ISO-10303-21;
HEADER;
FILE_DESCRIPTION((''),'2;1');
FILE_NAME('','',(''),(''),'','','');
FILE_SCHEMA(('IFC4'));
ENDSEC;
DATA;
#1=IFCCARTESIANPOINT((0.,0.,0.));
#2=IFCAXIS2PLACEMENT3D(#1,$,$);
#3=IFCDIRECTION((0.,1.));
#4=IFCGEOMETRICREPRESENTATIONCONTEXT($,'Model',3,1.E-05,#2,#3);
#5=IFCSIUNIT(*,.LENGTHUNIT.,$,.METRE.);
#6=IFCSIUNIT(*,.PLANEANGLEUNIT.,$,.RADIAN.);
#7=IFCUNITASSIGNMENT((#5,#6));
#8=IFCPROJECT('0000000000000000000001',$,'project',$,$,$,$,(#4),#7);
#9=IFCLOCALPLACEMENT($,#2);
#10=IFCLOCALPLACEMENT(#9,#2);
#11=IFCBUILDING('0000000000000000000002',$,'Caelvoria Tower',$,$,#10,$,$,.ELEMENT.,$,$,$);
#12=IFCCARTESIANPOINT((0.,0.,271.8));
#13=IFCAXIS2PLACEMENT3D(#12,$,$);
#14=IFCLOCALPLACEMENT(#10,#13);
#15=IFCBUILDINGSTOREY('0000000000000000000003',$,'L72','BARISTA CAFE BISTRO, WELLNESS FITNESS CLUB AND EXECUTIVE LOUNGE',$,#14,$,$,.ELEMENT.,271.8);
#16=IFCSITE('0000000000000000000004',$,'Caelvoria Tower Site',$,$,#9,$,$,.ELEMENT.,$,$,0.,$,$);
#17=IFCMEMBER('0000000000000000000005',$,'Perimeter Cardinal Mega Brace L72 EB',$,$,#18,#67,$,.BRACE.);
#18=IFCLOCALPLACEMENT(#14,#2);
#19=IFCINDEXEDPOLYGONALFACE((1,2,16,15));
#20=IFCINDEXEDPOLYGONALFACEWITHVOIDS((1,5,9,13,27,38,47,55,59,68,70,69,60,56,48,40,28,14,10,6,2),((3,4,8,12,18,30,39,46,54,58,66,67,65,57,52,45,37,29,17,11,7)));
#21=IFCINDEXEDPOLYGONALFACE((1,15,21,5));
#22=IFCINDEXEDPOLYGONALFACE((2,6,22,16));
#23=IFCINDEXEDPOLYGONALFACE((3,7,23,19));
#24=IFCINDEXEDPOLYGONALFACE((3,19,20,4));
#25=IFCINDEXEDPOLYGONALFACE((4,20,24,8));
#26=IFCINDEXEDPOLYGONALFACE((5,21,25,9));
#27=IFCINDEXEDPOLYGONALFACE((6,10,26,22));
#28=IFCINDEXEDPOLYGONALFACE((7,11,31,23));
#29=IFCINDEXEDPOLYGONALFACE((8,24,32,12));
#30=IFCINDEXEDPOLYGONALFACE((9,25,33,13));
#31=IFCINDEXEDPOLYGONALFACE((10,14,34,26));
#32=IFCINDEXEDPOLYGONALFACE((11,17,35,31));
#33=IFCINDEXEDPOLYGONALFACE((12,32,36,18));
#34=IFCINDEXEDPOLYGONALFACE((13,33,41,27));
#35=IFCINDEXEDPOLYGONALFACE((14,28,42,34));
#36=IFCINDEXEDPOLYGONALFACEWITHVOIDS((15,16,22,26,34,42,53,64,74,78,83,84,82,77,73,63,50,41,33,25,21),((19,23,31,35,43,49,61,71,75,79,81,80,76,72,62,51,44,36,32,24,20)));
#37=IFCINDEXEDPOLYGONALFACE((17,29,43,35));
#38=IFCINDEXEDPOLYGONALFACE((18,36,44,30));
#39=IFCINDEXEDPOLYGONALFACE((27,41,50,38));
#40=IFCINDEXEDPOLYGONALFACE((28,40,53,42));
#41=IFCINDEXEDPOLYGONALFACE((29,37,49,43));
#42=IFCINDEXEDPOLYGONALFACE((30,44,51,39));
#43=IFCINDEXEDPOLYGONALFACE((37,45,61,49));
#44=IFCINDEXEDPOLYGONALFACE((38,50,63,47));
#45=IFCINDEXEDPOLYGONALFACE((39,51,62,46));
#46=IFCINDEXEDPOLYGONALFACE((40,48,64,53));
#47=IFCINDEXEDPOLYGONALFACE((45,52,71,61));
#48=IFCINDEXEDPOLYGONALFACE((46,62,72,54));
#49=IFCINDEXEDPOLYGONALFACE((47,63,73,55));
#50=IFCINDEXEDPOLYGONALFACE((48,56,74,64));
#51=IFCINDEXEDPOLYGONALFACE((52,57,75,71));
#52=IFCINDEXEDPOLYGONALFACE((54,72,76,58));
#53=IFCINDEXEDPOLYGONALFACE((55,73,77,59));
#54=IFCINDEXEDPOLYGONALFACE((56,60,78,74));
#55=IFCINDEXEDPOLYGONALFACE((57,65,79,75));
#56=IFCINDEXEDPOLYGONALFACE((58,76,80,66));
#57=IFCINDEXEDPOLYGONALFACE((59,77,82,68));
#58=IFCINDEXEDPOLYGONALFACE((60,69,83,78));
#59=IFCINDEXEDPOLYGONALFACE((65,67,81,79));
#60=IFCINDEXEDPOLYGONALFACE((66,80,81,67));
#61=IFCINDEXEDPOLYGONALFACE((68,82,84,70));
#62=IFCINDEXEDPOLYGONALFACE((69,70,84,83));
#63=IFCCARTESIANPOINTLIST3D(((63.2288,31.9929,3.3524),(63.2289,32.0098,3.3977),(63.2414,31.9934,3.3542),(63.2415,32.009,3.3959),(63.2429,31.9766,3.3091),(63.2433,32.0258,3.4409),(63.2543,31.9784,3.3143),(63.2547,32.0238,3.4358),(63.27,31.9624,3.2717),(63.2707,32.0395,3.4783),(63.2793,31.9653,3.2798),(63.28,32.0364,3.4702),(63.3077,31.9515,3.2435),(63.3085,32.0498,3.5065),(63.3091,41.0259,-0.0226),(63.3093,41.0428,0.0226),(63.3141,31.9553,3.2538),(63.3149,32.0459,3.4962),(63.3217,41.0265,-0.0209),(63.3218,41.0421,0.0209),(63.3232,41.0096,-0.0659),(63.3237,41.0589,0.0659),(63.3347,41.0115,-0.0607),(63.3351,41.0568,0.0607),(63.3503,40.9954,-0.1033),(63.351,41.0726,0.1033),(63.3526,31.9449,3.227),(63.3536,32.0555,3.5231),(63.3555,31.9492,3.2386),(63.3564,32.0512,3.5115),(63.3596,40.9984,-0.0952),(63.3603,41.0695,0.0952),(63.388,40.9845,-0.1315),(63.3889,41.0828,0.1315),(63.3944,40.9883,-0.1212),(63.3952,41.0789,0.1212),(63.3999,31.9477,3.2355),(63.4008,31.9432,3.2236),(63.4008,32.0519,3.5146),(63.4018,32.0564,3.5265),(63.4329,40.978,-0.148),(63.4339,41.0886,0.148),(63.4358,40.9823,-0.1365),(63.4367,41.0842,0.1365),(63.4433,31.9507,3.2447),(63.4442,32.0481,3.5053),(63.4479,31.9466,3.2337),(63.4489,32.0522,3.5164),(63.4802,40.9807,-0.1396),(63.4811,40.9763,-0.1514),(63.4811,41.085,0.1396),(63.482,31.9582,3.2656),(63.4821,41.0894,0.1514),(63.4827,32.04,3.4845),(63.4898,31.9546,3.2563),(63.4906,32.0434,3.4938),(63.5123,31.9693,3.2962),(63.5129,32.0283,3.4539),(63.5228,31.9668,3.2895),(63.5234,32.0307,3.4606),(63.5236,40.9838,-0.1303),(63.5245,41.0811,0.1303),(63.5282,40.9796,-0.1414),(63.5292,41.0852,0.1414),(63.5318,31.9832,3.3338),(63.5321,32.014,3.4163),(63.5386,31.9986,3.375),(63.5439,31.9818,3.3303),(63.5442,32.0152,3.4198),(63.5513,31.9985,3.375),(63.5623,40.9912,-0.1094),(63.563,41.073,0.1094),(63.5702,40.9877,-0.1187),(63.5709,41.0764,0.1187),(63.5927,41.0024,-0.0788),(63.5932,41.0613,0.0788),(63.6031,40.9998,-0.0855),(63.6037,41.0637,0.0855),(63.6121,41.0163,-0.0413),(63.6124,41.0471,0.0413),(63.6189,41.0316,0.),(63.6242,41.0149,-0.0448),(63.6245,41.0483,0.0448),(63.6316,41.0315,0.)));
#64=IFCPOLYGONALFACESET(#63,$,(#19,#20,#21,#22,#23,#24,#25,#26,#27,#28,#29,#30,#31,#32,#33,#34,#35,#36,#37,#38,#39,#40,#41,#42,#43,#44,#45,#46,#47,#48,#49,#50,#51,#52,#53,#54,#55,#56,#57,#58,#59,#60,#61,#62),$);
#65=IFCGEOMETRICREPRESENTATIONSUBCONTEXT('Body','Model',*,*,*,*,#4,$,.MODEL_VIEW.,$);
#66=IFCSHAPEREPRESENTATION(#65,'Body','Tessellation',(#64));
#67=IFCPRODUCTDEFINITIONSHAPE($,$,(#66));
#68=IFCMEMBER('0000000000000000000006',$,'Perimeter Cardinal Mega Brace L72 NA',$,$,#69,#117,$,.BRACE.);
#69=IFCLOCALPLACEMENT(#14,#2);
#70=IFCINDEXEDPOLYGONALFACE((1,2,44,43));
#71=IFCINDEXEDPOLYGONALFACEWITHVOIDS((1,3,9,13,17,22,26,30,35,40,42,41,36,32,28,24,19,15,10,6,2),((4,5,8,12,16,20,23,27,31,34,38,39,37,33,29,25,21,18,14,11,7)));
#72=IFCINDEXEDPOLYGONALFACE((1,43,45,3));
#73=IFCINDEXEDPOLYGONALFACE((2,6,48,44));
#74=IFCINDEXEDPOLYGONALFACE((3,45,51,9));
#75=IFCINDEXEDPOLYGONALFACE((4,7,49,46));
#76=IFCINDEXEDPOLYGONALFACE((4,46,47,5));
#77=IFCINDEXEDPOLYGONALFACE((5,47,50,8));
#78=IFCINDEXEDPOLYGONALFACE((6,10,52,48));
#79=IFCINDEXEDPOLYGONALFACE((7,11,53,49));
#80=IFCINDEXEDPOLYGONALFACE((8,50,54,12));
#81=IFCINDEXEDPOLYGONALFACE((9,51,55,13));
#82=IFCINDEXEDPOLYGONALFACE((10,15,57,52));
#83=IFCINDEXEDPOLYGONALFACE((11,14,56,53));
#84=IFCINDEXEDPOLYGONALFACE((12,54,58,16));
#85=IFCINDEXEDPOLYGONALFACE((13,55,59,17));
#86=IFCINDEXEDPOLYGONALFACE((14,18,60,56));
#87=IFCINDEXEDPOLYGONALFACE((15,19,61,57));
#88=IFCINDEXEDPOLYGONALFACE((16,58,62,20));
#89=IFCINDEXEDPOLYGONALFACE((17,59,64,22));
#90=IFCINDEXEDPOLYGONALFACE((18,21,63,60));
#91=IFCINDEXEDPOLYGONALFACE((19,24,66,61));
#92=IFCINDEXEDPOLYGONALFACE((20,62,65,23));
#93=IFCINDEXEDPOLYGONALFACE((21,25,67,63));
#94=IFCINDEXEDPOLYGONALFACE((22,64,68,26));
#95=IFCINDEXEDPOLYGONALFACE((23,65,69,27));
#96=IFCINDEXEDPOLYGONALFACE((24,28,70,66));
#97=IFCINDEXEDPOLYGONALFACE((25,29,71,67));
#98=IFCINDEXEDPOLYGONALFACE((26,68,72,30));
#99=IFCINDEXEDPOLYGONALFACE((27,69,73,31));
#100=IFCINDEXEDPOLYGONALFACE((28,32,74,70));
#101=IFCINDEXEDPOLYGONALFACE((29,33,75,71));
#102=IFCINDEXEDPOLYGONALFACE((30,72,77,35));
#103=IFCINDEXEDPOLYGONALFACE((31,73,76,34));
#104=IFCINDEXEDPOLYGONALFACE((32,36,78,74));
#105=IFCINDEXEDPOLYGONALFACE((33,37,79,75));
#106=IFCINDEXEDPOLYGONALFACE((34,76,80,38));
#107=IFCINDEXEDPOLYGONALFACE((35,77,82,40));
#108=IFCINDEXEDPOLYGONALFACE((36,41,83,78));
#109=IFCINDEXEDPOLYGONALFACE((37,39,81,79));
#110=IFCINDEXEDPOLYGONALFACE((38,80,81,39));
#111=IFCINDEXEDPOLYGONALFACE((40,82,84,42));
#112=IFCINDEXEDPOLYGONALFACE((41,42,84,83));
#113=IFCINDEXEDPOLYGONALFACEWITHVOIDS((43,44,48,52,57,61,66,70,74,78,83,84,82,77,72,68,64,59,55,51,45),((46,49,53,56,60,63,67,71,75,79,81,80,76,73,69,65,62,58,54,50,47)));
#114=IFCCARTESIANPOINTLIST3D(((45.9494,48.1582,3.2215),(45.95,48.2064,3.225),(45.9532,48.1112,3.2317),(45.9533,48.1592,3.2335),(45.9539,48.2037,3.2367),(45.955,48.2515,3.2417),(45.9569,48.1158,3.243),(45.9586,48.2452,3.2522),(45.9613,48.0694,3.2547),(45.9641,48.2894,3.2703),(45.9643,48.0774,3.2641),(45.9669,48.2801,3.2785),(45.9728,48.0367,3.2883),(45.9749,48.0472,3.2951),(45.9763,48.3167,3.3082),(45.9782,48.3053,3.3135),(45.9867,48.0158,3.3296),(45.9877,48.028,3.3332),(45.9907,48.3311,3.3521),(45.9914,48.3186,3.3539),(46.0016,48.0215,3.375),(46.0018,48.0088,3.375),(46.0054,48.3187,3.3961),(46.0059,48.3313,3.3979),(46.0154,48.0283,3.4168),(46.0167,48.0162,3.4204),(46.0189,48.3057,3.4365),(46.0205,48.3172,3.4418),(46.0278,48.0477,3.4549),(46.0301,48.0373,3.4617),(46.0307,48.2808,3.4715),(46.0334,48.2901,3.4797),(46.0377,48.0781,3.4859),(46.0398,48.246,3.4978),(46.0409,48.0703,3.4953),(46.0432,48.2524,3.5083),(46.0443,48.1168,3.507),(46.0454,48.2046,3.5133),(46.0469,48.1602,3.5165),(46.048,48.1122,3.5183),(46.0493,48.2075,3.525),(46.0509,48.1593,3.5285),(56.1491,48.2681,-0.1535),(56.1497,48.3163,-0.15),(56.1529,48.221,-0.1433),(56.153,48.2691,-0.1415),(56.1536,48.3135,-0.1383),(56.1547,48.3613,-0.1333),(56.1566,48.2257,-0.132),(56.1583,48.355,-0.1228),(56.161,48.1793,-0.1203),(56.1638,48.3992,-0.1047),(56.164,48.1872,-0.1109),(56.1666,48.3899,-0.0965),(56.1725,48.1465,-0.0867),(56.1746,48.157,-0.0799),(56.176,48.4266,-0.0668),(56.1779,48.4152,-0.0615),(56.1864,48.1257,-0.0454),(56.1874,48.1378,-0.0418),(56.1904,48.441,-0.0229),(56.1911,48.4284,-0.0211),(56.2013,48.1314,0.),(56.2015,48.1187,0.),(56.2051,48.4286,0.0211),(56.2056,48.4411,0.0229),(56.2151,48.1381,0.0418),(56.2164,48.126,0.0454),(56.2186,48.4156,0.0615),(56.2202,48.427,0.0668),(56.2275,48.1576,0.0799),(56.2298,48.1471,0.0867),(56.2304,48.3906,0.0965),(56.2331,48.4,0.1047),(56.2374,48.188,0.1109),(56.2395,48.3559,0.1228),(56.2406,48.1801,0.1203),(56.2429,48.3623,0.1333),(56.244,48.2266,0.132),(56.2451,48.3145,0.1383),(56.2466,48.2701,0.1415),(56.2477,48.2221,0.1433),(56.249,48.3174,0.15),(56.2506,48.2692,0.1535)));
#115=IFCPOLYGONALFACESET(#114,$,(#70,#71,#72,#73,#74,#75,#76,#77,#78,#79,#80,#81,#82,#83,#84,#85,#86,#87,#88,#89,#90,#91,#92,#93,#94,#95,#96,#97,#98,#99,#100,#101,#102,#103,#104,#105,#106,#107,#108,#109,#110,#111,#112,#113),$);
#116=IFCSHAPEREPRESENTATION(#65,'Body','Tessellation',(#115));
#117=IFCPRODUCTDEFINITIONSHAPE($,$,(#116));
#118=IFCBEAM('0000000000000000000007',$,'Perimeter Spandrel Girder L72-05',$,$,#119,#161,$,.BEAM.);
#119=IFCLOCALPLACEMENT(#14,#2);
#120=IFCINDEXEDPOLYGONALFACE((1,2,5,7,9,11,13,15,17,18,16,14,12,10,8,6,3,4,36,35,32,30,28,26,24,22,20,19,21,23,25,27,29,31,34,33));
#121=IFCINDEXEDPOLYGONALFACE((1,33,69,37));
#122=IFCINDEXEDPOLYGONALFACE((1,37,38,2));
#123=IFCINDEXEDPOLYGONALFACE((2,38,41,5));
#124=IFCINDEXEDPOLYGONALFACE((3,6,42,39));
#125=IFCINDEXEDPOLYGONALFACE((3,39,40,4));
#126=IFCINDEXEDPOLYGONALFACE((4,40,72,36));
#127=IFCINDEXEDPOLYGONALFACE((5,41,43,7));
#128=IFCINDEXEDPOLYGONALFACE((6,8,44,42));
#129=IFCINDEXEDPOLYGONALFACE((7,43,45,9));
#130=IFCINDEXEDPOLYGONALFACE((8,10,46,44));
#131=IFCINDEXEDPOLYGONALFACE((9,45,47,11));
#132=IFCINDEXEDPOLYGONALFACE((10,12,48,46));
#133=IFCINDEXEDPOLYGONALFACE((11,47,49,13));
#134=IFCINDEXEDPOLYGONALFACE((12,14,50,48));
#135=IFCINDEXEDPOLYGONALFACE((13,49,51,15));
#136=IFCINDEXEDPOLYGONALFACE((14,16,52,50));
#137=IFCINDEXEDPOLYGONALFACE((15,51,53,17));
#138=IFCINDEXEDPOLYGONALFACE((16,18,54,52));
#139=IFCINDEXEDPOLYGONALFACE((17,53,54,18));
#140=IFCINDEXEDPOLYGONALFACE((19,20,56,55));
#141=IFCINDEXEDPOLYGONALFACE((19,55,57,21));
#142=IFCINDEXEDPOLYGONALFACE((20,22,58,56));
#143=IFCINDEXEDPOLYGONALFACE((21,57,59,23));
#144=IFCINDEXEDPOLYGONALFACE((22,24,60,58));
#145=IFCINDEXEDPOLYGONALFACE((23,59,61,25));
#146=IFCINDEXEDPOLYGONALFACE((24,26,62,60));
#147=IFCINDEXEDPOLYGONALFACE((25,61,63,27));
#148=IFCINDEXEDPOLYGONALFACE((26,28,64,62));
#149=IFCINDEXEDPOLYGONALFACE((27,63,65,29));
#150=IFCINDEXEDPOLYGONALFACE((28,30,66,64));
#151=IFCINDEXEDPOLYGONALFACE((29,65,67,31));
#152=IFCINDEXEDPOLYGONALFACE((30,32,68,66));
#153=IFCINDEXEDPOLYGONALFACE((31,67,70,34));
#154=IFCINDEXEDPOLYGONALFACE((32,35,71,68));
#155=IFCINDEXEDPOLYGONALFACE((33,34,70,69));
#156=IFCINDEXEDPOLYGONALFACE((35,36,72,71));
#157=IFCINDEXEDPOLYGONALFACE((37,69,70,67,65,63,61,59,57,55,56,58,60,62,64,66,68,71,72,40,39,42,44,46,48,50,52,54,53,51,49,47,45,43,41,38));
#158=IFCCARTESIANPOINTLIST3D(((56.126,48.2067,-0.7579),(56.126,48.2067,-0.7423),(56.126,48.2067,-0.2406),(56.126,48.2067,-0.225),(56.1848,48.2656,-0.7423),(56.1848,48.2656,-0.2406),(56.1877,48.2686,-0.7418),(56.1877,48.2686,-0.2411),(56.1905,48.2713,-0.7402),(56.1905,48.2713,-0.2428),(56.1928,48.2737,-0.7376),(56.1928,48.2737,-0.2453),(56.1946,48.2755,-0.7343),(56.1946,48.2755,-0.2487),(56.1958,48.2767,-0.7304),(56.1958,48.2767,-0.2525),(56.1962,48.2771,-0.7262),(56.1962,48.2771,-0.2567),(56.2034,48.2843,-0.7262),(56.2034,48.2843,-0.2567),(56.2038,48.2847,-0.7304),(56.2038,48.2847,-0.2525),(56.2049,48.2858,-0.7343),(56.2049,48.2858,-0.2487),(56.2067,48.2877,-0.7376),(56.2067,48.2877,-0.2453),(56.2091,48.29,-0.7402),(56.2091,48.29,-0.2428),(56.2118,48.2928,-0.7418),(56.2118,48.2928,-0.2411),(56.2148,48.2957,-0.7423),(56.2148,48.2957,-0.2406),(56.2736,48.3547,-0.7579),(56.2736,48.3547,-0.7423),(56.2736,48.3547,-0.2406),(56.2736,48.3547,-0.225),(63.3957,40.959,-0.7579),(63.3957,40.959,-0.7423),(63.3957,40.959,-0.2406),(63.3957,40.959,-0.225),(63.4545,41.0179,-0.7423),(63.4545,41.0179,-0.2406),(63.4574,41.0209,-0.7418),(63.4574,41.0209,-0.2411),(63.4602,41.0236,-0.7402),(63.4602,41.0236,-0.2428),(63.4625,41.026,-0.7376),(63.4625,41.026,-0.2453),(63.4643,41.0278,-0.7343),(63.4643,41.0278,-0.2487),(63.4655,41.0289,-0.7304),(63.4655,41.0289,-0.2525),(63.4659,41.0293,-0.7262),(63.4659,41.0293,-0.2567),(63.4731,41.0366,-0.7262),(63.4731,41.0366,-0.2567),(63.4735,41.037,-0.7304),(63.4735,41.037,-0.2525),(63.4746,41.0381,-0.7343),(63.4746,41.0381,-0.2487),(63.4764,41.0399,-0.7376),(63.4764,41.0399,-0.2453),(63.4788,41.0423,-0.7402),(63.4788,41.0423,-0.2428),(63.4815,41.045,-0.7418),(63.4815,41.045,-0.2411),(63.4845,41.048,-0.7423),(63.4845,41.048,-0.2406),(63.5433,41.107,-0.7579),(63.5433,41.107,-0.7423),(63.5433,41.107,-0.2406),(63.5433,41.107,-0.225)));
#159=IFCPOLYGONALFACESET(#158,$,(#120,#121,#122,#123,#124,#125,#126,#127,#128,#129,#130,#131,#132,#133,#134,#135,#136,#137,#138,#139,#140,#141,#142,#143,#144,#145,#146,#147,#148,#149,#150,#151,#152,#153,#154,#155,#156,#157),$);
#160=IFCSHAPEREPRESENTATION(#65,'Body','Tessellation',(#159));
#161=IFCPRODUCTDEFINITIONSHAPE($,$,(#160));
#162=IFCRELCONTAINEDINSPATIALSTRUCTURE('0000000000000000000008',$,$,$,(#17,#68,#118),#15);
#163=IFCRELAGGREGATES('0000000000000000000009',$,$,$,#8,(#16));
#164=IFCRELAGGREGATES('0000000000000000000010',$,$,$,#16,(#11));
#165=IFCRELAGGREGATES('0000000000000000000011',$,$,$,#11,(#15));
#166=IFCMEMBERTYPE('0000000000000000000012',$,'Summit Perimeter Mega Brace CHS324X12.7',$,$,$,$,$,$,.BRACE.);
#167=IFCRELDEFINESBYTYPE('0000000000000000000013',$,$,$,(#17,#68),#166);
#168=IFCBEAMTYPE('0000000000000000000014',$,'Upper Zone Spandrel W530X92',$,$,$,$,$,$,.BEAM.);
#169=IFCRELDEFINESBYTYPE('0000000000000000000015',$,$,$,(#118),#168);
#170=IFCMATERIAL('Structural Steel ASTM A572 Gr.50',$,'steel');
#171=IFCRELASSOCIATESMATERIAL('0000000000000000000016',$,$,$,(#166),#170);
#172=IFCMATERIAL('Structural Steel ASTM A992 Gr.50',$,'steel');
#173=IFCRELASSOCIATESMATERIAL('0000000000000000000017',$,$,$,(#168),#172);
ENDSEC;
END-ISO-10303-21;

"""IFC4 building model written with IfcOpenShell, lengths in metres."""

from ifc_helpers import new_model, si_unit, direction, frame, origin, origin_2d, place, context, subcontext, project, spatial, hollow_circle, i_section, extrude, material, material_profile, profile_set, type_object, element, save


model = new_model("IFC4")

# Units and contexts
model_context = context("Model", 3, precision=1e-05, world=origin(), true_north=direction((0.0, 1.0)))
body_context = subcontext(model_context, "Body", "Model", "MODEL_VIEW")
ifc_project = project(units=[si_unit("LENGTHUNIT", "METRE"), si_unit("PLANEANGLEUNIT", "RADIAN")], contexts=[model_context])

# Site, building, storey
site_placement = place(None, origin())
site = spatial("IfcSite", under=ifc_project, at=site_placement, Name="Caelvoria Tower Site", CompositionType="ELEMENT", RefElevation=0.0)
building_placement = place(site_placement, origin())
building = spatial("IfcBuilding", under=site, at=building_placement, Name="Caelvoria Tower", CompositionType="ELEMENT")
storey_placement = place(building_placement, frame((0.0, 0.0, 271.8)))
storey = spatial("IfcBuildingStorey", under=building, at=storey_placement, Name="L72", Description="BARISTA CAFE BISTRO, WELLNESS FITNESS CLUB AND EXECUTIVE LOUNGE", CompositionType="ELEMENT", Elevation=271.8)

# Shared definitions
ifc_material_1 = material(Name="Structural Steel ASTM A572 Gr.50", Category="steel")

# Shared definitions
ifc_material_2 = material(Name="Structural Steel ASTM A992 Gr.50", Category="steel")

# Members
ifc_material_profile_1 = material_profile(ifc_material_1, hollow_circle(Radius=0.1621, WallThickness=0.0127, at=origin_2d()), Name="Structural Steel ASTM A572 Gr.50")
ifc_profile_set_1 = profile_set([ifc_material_profile_1], Name="CHS324X12.7 - Structural Steel ASTM A572 Gr.50")
member_type = type_object("IfcMemberType", Name="Summit Perimeter Mega Brace CHS324X12.7", PredefinedType="BRACE", material=ifc_profile_set_1)
member_1_placement = place(storey_placement, frame((63.4695, 41.033, 0.0), z_axis=(-0.008329, -0.936717, 0.349987), x_axis=(0.99996, -0.008892, 0.0)))
element("IfcMember", 1, at=member_1_placement, inside=storey, type_object=member_type, Name="Perimeter Cardinal Mega Brace L72 EB", PredefinedType="BRACE", context=body_context, shape_type="SweptSolid", body=[
    extrude(hollow_circle(Radius=0.1621, WallThickness=0.0127, at=origin_2d()), origin(), (0.0, 0.0, 1.0), 9.6433),
])
member_2_placement = place(storey_placement, frame((56.1997, 48.2808, 0.0), z_axis=(-0.949327, -0.010225, 0.314124), x_axis=(0.010771, -0.999942, 0.0)))
element("IfcMember", 2, at=member_2_placement, inside=storey, type_object=member_type, Name="Perimeter Cardinal Mega Brace L72 NA", PredefinedType="BRACE", context=body_context, shape_type="SweptSolid", body=[
    extrude(hollow_circle(Radius=0.1621, WallThickness=0.0127, at=origin_2d()), origin(), (0.0, 0.0, 1.0), 10.7441),
])

# Beam
ifc_material_profile_2 = material_profile(ifc_material_2, i_section(OverallWidth=0.209, OverallDepth=0.533, WebThickness=0.0103, FlangeThickness=0.0156, FilletRadius=0.0161, at=origin_2d()), Name="Structural Steel ASTM A992 Gr.50")
ifc_profile_set_2 = profile_set([ifc_material_profile_2], Name="W530X92 - Structural Steel ASTM A992 Gr.50")
beam_type_1 = type_object("IfcBeamType", Name="Upper Zone Spandrel W530X92", PredefinedType="BEAM", material=ifc_profile_set_2)
beam_1_placement = place(storey_placement, frame((63.4695, 41.033, -0.4915), z_axis=(-0.708176, 0.706036, 0.0), x_axis=(-0.706036, -0.708176, 0.0)))
element("IfcBeam", 3, at=beam_1_placement, inside=storey, type_object=beam_type_1, Name="Perimeter Spandrel Girder L72-05", PredefinedType="BEAM", context=body_context, shape_type="SweptSolid", body=[
    extrude(i_section(OverallWidth=0.209, OverallDepth=0.533, WebThickness=0.0103, FlangeThickness=0.0156, FilletRadius=0.0161, at=origin_2d()), origin(), (0.0, 0.0, 1.0), 10.2654),
])

save(model, "model.ifc")
